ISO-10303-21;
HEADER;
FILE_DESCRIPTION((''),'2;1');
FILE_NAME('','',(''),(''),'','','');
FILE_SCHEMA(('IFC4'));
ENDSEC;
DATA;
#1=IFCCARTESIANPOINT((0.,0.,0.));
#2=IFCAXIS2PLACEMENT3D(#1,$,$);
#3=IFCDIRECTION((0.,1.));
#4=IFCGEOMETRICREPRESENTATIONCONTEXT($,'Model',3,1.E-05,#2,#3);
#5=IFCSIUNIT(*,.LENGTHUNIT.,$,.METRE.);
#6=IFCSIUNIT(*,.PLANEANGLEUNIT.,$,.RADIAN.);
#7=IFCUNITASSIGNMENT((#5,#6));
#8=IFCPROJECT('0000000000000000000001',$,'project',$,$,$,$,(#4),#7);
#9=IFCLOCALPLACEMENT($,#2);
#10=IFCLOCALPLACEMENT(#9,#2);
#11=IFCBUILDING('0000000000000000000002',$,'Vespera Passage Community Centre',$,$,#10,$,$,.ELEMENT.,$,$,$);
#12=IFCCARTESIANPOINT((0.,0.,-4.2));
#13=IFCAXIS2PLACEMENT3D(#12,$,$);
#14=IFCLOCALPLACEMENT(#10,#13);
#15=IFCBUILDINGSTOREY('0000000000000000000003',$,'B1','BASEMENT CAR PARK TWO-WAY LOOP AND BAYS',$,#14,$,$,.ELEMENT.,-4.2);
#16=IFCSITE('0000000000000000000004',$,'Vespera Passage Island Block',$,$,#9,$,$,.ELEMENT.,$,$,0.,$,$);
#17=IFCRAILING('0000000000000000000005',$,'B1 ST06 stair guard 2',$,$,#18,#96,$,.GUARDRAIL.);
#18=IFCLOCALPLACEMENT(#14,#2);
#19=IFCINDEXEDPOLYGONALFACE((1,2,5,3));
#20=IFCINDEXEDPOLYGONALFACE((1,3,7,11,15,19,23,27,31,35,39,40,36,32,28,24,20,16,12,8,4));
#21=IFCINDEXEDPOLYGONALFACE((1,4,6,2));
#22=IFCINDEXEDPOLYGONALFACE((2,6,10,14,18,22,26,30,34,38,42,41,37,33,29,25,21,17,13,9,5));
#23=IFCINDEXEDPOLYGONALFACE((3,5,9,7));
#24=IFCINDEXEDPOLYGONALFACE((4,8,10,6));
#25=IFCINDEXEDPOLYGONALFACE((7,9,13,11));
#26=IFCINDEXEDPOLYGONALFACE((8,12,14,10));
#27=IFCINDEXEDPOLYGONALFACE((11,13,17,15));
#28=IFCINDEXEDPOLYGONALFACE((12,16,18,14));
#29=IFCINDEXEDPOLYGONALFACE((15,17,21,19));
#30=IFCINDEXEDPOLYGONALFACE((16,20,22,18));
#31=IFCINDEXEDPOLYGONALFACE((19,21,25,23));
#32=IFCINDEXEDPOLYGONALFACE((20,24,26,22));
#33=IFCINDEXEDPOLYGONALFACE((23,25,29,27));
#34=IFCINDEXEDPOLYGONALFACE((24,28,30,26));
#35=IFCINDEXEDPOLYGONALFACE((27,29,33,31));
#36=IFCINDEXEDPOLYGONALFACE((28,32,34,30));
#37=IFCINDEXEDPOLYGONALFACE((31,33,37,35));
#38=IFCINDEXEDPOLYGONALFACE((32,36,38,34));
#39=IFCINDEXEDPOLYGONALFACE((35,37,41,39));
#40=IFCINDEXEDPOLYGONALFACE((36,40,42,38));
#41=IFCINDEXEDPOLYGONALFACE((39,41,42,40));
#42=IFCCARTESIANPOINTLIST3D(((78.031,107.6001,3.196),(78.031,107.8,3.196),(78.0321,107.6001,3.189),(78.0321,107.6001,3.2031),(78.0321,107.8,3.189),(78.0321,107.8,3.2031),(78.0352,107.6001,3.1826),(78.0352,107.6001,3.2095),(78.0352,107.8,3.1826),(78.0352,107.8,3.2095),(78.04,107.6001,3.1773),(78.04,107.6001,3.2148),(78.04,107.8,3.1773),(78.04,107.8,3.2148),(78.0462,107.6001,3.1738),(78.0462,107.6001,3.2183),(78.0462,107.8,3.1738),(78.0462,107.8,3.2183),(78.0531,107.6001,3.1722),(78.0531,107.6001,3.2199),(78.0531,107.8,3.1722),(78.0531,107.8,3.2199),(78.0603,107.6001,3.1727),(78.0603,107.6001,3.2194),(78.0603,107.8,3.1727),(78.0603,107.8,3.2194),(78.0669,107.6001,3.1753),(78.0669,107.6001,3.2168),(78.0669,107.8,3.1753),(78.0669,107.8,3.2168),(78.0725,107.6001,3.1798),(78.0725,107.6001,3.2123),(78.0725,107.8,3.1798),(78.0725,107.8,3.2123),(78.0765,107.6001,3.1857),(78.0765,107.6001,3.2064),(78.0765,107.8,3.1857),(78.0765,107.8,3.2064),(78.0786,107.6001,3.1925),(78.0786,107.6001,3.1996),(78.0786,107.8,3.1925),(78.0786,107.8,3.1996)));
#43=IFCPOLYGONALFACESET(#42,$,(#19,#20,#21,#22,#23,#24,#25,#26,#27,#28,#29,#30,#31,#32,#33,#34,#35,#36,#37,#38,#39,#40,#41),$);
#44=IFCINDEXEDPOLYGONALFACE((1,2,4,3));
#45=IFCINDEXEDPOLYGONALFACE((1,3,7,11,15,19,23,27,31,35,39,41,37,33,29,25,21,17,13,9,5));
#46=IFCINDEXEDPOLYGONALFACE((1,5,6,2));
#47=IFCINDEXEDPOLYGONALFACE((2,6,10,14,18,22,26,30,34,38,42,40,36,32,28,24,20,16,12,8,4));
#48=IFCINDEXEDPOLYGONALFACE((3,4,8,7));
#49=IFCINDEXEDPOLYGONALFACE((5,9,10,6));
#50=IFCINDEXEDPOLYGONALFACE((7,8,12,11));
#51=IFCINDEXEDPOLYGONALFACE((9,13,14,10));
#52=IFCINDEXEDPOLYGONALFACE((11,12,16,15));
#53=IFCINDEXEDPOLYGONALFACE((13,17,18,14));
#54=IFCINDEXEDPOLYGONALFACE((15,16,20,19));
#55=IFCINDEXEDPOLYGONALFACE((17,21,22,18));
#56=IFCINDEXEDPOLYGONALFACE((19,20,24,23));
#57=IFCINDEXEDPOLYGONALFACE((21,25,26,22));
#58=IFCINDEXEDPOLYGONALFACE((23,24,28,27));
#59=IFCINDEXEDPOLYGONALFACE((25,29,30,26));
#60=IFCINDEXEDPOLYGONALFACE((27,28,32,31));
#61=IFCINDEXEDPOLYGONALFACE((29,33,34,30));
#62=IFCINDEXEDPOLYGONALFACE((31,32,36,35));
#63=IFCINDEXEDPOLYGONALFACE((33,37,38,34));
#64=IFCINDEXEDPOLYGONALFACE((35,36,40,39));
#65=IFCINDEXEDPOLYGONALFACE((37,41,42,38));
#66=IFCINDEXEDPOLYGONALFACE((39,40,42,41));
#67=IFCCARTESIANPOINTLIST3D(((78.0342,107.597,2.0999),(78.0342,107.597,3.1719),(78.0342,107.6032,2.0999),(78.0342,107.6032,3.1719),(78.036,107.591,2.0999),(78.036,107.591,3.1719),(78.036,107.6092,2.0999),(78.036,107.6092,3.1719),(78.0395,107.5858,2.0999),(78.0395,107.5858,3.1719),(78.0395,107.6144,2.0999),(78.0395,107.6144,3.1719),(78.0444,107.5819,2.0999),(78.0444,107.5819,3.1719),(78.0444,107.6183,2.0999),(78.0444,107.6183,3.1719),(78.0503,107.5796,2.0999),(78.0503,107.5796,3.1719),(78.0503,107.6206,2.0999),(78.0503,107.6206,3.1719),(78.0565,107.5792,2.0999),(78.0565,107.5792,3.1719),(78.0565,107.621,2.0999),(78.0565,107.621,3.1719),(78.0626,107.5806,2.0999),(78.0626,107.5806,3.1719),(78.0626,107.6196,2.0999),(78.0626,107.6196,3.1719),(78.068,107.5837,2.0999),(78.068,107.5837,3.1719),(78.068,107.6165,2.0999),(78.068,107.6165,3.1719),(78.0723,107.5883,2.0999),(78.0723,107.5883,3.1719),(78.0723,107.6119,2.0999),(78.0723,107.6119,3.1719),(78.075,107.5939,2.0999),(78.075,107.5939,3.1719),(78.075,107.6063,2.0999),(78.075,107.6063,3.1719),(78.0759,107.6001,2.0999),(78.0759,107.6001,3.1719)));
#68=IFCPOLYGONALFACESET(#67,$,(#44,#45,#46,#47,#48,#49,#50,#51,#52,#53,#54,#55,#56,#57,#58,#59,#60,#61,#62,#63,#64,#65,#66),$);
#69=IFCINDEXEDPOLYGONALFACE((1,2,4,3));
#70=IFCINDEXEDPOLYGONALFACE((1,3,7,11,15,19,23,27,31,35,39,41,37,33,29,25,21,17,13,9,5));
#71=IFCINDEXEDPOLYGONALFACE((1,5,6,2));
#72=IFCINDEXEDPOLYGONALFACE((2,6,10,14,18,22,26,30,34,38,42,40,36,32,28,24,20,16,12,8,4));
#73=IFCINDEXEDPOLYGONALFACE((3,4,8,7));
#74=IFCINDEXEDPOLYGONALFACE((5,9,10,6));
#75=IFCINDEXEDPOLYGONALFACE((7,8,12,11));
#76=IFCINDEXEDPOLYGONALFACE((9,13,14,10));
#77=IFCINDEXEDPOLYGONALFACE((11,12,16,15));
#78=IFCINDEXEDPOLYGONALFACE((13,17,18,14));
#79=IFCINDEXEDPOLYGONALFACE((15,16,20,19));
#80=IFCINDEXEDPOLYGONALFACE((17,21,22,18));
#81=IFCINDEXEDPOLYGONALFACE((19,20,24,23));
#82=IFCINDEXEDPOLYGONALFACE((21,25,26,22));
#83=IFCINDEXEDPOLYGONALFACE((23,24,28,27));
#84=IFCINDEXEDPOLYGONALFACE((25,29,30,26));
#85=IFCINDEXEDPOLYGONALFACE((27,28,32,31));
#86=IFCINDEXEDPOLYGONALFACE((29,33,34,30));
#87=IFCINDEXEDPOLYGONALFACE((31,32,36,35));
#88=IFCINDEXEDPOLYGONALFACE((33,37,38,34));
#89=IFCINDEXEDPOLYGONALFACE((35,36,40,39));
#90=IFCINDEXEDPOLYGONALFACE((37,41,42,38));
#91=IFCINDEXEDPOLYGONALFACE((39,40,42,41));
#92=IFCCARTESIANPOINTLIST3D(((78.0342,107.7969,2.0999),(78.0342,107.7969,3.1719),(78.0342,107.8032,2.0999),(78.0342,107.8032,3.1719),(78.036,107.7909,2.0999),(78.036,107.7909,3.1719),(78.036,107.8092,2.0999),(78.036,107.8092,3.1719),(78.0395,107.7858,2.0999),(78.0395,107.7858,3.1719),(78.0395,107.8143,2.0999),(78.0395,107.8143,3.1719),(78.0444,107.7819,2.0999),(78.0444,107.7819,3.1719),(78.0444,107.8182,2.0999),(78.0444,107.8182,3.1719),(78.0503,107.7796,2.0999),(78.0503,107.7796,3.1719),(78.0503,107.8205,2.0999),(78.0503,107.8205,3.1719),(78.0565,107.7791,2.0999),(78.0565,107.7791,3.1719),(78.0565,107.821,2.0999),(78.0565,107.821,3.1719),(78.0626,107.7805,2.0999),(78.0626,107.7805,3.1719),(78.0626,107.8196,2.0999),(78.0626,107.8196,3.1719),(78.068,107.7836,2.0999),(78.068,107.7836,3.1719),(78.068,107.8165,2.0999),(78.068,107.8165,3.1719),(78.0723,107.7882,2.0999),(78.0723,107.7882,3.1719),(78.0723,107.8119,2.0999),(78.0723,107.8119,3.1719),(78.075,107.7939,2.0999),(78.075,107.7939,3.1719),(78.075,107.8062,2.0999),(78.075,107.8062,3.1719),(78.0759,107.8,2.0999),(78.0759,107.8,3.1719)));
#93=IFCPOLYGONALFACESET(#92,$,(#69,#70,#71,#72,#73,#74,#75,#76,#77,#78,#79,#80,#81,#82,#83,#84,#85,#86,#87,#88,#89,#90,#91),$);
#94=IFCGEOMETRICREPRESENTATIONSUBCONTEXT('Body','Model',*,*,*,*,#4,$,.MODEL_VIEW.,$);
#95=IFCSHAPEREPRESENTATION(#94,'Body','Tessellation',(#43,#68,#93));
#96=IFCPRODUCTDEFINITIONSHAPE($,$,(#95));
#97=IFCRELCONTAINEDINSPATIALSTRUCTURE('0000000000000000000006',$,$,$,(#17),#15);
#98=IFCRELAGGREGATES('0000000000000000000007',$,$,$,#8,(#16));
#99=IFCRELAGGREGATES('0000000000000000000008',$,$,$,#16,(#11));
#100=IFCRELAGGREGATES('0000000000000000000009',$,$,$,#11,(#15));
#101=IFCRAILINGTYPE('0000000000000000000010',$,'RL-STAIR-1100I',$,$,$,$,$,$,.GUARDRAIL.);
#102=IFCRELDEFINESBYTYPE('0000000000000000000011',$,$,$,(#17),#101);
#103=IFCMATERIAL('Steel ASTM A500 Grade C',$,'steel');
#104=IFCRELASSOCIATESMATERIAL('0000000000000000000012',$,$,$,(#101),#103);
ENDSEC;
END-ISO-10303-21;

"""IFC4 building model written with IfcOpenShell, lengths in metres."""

from ifc_helpers import new_model, si_unit, direction, frame, origin, origin_2d, place, context, subcontext, project, spatial, circle, extrude, material, type_object, element, save


model = new_model("IFC4")

# Units and contexts
model_context = context("Model", 3, precision=1e-05, world=origin(), true_north=direction((0.0, 1.0)))
body_context = subcontext(model_context, "Body", "Model", "MODEL_VIEW")
ifc_project = project(units=[si_unit("LENGTHUNIT", "METRE"), si_unit("PLANEANGLEUNIT", "RADIAN")], contexts=[model_context])

# Site, building, storey
site_placement = place(None, origin())
site = spatial("IfcSite", under=ifc_project, at=site_placement, Name="Vespera Passage Island Block", CompositionType="ELEMENT", RefElevation=0.0)
building_placement = place(site_placement, origin())
building = spatial("IfcBuilding", under=site, at=building_placement, Name="Vespera Passage Community Centre", CompositionType="ELEMENT")
storey_placement = place(building_placement, frame((0.0, 0.0, -4.2)))
storey = spatial("IfcBuildingStorey", under=building, at=storey_placement, Name="B1", Description="BASEMENT CAR PARK TWO-WAY LOOP AND BAYS", CompositionType="ELEMENT", Elevation=-4.2)

# Railing
ifc_material_1 = material(Name="Steel ASTM A500 Grade C", Category="steel")
railing_type_1 = type_object("IfcRailingType", Name="RL-STAIR-1100I", PredefinedType="GUARDRAIL", material=ifc_material_1)
railing_1_placement = place(storey_placement, frame((78.0549, 107.6001, 2.0999)))
element("IfcRailing", 1, at=railing_1_placement, inside=storey, type_object=railing_type_1, Name="B1 ST06 stair guard 2", PredefinedType="GUARDRAIL", context=body_context, shape_type="SweptSolid", body=[
    extrude(circle(Radius=0.0239, at=origin_2d()), frame((0.0, 0.0, 1.0962), z_axis=(0.0, 1.0, 0.0), x_axis=(-1.0, 0.0, 0.0)), (0.0, 0.0, 1.0), 0.2),
    extrude(circle(Radius=0.021, at=origin_2d()), origin(), (0.0, 0.0, 1.0), 1.072),
    extrude(circle(Radius=0.021, at=origin_2d()), frame((0.0, 0.2, 0.0)), (0.0, 0.0, 1.0), 1.072),
])

save(model, "model.ifc")
